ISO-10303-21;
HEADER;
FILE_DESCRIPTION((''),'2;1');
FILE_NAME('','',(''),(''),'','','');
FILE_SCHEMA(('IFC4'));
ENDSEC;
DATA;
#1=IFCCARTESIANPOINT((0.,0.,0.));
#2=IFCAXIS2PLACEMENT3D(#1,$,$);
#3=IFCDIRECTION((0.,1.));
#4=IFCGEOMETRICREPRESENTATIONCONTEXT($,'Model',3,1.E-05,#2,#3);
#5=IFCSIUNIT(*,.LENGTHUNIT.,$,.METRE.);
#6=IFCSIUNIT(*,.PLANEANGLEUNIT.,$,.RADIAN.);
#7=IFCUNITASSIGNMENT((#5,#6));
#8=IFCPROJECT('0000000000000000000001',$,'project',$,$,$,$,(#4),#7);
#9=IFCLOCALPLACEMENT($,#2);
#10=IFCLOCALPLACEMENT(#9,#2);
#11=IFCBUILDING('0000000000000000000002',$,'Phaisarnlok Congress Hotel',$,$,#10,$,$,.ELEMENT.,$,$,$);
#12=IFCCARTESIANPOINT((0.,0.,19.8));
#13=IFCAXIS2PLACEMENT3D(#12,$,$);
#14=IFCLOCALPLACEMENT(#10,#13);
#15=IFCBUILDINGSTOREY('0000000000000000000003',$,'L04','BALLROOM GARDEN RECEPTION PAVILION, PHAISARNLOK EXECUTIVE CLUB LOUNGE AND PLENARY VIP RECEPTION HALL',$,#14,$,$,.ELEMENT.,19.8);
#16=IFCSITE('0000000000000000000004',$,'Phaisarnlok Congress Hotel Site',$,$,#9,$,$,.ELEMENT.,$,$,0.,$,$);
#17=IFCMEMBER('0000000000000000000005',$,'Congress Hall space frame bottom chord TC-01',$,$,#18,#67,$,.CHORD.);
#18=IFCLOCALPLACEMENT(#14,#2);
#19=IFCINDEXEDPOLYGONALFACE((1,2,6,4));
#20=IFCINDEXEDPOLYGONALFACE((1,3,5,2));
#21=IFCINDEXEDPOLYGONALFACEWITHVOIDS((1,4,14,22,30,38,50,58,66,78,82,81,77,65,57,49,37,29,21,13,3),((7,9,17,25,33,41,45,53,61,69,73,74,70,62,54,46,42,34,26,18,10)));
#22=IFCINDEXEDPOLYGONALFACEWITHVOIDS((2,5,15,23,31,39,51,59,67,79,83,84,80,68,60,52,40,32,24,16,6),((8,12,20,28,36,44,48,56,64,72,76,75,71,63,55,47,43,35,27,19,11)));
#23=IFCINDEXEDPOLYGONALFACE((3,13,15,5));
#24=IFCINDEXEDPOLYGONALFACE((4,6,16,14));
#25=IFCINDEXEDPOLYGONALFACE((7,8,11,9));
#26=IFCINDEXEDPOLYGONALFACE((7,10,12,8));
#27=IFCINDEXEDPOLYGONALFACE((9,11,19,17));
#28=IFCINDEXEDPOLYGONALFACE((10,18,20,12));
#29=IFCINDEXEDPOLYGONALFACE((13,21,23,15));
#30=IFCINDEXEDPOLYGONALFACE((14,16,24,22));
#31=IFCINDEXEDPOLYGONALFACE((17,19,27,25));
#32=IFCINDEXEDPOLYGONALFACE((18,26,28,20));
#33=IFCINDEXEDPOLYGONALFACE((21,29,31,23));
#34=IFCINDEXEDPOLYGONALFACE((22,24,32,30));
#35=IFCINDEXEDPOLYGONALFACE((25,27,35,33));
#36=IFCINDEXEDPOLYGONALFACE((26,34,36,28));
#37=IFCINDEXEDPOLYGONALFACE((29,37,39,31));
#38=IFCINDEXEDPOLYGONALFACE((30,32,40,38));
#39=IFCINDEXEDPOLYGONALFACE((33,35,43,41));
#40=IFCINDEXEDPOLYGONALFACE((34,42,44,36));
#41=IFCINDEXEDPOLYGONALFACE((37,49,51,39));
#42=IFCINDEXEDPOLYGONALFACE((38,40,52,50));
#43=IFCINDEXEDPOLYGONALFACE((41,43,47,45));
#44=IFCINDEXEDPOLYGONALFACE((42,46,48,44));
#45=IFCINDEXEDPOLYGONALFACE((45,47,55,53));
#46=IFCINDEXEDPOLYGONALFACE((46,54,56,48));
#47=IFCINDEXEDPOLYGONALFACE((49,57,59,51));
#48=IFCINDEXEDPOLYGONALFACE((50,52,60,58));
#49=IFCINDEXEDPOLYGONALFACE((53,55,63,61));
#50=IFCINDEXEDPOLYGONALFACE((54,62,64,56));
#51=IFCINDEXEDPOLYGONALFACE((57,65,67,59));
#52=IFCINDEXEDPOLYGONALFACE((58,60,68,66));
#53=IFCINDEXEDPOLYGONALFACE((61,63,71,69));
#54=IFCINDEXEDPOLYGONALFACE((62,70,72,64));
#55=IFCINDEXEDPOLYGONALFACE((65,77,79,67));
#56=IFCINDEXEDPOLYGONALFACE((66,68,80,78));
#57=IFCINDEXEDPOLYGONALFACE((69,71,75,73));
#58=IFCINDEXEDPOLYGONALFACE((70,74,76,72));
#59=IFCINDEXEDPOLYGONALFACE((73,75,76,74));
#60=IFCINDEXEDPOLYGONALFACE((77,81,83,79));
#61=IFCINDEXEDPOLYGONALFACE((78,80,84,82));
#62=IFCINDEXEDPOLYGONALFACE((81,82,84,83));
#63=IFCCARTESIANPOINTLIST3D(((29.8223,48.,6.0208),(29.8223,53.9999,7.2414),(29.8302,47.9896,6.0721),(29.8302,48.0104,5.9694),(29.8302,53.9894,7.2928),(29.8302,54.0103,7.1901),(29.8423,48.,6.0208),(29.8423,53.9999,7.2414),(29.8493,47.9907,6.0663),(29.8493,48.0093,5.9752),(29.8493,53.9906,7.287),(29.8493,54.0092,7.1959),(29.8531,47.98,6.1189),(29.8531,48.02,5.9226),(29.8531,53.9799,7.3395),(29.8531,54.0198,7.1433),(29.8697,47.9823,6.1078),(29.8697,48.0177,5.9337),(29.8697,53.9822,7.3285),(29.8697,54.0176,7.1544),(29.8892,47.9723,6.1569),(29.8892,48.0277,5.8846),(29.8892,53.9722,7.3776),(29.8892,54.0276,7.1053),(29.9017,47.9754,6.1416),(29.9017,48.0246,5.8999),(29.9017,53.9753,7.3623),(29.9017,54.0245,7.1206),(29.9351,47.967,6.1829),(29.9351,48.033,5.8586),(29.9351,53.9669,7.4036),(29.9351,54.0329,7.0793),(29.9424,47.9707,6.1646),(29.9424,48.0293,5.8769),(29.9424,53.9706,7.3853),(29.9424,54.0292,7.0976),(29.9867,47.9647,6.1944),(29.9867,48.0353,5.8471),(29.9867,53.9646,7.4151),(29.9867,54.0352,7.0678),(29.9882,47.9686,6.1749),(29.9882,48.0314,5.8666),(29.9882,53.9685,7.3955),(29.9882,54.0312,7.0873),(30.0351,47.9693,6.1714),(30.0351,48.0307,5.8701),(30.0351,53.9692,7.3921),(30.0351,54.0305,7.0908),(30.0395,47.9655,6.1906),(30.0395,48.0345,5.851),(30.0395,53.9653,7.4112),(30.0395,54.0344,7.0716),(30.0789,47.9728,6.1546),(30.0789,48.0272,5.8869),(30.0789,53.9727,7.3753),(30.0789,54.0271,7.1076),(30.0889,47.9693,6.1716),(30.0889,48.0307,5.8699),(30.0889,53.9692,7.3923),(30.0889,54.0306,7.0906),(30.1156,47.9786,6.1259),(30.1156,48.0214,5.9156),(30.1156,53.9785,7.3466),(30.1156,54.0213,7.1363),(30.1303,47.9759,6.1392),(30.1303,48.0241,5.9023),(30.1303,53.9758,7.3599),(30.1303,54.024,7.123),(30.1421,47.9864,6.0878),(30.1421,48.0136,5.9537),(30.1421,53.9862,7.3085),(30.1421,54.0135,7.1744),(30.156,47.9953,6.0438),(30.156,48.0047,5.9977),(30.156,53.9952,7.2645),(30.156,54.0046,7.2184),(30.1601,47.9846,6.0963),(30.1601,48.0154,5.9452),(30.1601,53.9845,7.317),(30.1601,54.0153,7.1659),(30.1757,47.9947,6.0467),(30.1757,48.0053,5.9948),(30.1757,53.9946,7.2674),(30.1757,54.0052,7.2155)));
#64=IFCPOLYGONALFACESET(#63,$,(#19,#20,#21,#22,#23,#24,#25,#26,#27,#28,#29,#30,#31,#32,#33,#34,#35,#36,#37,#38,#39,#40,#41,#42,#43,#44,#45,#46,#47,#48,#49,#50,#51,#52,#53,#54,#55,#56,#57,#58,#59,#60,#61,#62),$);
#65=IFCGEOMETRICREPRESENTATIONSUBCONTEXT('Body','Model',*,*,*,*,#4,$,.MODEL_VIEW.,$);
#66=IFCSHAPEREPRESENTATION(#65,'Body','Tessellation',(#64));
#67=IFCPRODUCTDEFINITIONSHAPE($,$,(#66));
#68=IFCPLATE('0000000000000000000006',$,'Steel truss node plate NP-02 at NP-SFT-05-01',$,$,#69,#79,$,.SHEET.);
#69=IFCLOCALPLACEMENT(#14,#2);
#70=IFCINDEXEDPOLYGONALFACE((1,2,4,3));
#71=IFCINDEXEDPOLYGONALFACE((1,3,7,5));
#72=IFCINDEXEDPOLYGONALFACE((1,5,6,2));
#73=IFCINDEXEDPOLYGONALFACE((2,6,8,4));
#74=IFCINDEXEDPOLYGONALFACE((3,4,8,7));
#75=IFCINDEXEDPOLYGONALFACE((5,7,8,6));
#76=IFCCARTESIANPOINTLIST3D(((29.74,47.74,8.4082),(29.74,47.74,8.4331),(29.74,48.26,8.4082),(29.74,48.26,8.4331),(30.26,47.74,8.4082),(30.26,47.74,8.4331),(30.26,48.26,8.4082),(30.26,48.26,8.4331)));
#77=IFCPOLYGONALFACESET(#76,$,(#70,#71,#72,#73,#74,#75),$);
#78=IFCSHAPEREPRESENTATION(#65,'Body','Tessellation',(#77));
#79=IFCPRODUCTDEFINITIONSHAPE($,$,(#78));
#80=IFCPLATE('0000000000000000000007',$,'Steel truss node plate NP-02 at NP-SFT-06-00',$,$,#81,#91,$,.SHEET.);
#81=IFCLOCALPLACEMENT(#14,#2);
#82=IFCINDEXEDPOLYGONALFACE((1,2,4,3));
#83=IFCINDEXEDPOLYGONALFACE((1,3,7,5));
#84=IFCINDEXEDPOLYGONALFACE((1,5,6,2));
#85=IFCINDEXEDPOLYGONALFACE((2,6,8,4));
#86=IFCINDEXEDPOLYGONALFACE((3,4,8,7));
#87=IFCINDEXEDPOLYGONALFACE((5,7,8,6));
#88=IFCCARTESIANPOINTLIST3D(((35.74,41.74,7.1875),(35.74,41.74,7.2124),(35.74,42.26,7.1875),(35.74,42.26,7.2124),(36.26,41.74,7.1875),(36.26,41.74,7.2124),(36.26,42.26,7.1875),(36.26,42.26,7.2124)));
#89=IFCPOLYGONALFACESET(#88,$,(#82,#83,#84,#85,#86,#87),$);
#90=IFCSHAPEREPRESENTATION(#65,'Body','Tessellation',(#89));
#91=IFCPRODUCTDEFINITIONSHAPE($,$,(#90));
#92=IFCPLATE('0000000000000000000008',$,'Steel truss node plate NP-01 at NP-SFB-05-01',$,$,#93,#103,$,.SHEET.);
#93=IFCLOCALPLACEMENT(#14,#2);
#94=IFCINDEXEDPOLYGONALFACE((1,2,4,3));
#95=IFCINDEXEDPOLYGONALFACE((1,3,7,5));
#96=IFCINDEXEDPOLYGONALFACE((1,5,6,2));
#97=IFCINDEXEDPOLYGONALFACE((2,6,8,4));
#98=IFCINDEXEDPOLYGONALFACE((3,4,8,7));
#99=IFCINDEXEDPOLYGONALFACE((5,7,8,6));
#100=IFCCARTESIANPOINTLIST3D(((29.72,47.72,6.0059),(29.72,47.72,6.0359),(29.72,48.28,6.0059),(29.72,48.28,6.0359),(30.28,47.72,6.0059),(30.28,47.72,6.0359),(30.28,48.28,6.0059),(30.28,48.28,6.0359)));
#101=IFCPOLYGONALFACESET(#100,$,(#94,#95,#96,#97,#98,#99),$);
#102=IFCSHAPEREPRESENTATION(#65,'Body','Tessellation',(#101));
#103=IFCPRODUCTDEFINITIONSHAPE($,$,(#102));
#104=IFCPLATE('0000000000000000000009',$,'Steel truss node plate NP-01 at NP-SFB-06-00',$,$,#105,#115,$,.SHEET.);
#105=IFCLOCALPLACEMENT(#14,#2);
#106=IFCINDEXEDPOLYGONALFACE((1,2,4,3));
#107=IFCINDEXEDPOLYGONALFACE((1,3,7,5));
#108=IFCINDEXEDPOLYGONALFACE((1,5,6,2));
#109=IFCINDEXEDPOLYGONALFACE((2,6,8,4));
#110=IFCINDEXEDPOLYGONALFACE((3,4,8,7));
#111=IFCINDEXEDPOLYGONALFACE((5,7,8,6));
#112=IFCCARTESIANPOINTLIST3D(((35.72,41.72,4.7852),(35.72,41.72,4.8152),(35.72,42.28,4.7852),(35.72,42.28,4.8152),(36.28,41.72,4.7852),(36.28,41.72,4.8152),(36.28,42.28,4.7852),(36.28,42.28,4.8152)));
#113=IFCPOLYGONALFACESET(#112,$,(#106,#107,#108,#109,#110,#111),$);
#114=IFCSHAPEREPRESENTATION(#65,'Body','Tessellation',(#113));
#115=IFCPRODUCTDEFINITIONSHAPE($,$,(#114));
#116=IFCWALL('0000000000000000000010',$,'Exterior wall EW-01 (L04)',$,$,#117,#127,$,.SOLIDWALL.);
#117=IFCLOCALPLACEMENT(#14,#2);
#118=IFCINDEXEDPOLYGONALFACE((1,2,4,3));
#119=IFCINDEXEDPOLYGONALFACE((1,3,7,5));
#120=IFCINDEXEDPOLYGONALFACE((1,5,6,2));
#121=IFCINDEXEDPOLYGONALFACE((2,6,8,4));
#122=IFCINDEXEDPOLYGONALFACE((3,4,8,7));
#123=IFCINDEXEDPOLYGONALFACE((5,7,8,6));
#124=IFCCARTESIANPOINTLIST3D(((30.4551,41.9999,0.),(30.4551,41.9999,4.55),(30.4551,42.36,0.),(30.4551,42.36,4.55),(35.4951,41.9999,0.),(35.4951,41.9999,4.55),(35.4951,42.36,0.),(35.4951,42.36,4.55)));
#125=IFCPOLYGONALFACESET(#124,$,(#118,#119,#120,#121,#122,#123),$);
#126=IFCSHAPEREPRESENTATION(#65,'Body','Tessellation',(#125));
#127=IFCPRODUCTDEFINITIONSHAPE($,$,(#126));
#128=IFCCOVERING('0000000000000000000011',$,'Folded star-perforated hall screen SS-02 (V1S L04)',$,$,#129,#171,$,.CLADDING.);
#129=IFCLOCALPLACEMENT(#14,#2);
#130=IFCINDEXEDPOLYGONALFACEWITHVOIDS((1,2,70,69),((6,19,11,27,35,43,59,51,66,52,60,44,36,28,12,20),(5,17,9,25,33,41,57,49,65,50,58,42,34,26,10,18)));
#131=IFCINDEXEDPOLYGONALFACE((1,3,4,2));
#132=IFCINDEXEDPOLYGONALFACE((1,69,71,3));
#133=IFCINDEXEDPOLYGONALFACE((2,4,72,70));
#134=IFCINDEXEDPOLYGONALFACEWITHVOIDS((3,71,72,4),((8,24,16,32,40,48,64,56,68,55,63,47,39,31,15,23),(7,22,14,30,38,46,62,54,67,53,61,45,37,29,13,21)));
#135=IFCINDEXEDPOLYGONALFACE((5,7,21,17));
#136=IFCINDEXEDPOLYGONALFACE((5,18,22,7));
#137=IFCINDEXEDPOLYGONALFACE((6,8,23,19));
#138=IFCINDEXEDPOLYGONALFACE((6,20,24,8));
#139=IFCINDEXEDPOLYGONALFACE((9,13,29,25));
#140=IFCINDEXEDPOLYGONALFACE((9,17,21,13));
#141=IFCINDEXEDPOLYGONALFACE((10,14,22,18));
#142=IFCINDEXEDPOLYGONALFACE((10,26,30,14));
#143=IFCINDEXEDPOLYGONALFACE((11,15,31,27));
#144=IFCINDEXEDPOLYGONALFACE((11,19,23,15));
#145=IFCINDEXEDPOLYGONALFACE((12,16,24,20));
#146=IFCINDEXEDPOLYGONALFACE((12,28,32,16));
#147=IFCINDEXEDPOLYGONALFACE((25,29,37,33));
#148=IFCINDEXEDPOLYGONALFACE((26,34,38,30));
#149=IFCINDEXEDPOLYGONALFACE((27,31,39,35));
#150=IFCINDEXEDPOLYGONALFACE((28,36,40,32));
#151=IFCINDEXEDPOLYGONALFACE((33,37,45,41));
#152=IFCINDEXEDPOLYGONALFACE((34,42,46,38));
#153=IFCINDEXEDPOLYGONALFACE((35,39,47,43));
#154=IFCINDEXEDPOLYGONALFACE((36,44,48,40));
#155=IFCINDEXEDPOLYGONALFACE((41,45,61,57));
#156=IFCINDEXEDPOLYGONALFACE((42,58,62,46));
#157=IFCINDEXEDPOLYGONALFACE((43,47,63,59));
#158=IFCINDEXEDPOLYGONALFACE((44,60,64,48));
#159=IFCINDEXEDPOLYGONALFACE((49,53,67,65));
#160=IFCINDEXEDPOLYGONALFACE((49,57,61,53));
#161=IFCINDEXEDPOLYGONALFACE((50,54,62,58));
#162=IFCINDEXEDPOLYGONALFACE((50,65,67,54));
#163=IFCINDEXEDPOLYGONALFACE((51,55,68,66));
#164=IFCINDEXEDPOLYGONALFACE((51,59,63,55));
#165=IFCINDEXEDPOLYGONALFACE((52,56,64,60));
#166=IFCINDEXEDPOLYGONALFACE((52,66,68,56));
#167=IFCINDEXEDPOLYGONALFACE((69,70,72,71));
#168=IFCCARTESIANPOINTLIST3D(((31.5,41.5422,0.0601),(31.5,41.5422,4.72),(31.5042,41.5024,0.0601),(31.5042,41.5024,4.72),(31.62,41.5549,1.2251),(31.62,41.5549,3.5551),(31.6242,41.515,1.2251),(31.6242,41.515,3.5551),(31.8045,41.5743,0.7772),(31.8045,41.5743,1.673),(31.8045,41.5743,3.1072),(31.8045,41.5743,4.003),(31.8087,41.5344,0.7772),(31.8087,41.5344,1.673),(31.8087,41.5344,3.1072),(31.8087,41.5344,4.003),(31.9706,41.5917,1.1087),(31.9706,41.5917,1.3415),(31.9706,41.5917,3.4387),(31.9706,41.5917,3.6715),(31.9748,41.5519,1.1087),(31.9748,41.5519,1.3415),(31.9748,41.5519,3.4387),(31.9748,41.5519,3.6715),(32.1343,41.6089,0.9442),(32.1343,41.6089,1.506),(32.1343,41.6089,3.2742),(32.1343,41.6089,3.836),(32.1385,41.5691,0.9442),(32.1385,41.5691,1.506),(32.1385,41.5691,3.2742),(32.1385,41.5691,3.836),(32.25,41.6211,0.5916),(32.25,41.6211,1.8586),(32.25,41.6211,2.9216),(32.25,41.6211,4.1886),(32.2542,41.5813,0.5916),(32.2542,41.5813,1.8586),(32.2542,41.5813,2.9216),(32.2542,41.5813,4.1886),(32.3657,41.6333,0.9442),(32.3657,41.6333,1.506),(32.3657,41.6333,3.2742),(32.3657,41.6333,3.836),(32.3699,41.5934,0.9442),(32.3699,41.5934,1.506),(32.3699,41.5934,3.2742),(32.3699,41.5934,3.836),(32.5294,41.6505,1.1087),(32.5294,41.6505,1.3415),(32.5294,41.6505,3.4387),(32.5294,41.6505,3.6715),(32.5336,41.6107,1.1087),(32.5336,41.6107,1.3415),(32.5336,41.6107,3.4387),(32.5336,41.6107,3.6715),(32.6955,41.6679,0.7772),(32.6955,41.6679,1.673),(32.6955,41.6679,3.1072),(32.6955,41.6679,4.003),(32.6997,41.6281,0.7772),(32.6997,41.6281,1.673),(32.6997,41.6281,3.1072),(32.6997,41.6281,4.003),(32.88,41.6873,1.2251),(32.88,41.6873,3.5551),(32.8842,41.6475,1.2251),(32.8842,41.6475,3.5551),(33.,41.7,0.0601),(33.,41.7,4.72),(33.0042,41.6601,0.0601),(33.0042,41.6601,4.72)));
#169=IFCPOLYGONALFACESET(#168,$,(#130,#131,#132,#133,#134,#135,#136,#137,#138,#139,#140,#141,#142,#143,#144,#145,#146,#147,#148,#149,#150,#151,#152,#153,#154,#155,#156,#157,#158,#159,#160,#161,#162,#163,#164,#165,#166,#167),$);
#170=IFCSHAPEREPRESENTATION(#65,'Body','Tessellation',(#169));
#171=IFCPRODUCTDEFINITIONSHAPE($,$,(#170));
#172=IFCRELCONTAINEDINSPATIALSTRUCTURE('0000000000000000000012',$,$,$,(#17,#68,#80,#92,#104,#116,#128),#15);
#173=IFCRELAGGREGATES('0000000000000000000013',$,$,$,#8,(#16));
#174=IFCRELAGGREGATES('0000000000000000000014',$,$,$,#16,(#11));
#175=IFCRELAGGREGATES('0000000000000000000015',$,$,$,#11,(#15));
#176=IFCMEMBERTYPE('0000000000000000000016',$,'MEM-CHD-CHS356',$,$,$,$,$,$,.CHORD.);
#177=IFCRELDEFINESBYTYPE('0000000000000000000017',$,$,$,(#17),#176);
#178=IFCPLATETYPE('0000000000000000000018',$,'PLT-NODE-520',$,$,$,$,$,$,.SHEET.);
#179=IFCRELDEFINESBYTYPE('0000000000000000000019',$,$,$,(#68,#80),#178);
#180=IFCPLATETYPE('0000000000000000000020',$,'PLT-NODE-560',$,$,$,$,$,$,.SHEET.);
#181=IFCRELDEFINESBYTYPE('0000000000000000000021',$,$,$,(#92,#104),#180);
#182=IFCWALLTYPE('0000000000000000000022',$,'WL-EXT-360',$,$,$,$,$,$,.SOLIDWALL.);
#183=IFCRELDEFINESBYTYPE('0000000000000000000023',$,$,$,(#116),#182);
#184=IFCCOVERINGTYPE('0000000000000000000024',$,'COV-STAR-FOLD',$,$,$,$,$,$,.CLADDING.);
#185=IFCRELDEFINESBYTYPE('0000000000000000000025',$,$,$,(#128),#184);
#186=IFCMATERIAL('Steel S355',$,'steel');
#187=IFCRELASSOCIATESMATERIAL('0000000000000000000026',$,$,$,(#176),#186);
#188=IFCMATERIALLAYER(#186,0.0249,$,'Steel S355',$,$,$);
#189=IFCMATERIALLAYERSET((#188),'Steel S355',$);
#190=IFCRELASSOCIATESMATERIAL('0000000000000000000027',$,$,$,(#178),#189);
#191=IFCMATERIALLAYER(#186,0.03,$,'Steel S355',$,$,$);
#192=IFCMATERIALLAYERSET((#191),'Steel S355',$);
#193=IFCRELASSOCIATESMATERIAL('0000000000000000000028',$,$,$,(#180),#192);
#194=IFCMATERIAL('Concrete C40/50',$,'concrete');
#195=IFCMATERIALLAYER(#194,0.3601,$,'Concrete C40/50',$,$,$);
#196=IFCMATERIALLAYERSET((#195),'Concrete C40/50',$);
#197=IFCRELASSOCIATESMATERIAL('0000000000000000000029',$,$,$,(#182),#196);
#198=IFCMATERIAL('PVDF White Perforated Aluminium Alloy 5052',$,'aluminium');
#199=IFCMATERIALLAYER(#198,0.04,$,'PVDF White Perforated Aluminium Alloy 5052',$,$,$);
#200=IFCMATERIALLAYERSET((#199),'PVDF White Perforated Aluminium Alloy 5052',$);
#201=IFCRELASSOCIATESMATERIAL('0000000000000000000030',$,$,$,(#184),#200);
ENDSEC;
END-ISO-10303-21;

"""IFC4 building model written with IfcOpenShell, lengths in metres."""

from ifc_helpers import new_model, si_unit, direction, frame, frame_2d, origin, origin_2d, place, context, subcontext, project, spatial, polyline, rectangle, hollow_circle, outline, extrude, material, layer, layer_set, material_profile, profile_set, type_object, element, save


model = new_model("IFC4")

# Units and contexts
model_context = context("Model", 3, precision=1e-05, world=origin(), true_north=direction((0.0, 1.0)))
body_context = subcontext(model_context, "Body", "Model", "MODEL_VIEW")
ifc_project = project(units=[si_unit("LENGTHUNIT", "METRE"), si_unit("PLANEANGLEUNIT", "RADIAN")], contexts=[model_context])

# Site, building, storey
site_placement = place(None, origin())
site = spatial("IfcSite", under=ifc_project, at=site_placement, Name="Phaisarnlok Congress Hotel Site", CompositionType="ELEMENT", RefElevation=0.0)
building_placement = place(site_placement, origin())
building = spatial("IfcBuilding", under=site, at=building_placement, Name="Phaisarnlok Congress Hotel", CompositionType="ELEMENT")
storey_placement = place(building_placement, frame((0.0, 0.0, 19.8)))
storey = spatial("IfcBuildingStorey", under=building, at=storey_placement, Name="L04", Description="BALLROOM GARDEN RECEPTION PAVILION, PHAISARNLOK EXECUTIVE CLUB LOUNGE AND PLENARY VIP RECEPTION HALL", CompositionType="ELEMENT", Elevation=19.8)

# Member
ifc_material_1 = material(Name="Steel S355", Category="steel")
ifc_material_profile_1 = material_profile(ifc_material_1, hollow_circle(Radius=0.1777, WallThickness=0.02, at=origin_2d()), Name="CHS 355.6x20")
ifc_profile_set_1 = profile_set([ifc_material_profile_1], Name="Steel S355")
member_type_1 = type_object("IfcMemberType", Name="MEM-CHD-CHS356", PredefinedType="CHORD", material=ifc_profile_set_1)
member_1_placement = place(storey_placement, frame((30.0, 48.0, 6.0208), z_axis=(0.0, 0.979925, 0.199366), x_axis=(-1.0, 0.0, 0.0)))
element("IfcMember", 1, at=member_1_placement, inside=storey, type_object=member_type_1, Name="Congress Hall space frame bottom chord TC-01", PredefinedType="CHORD", context=body_context, shape_type="SweptSolid", body=[
    extrude(hollow_circle(Radius=0.1777, WallThickness=0.02, at=origin_2d()), origin(), (0.0, 0.0, 1.0), 6.1228),
])

# Plates
ifc_layer_1 = layer(ifc_material_1, 0.0249, Name="Steel S355")
ifc_layer_set_1 = layer_set([ifc_layer_1], Name="Steel S355")
plate_type_1 = type_object("IfcPlateType", Name="PLT-NODE-520", PredefinedType="SHEET", material=ifc_layer_set_1)
for number, where, z_axis, x_axis, name in (
    (2, (30.0, 48.0, 8.4082), (0.0, 0.0, 1.0), (1.0, 0.0, 0.0), "Steel truss node plate NP-02 at NP-SFT-05-01"),
    (3, (36.0, 42.0, 7.1875), (0.0, 0.0, 1.0), (1.0, 0.0, 0.0), "Steel truss node plate NP-02 at NP-SFT-06-00"),
):
    element("IfcPlate", number, at=place(storey_placement, frame(where, z_axis=z_axis, x_axis=x_axis)), inside=storey, type_object=plate_type_1, Name=name, PredefinedType="SHEET", context=body_context, shape_type="SweptSolid", body=[
        extrude(rectangle(XDim=0.52, YDim=0.52, at=origin_2d()), origin(), (0.0, 0.0, 1.0), 0.0249),
    ])
ifc_layer_2 = layer(ifc_material_1, 0.03, Name="Steel S355")
ifc_layer_set_2 = layer_set([ifc_layer_2], Name="Steel S355")
plate_type_2 = type_object("IfcPlateType", Name="PLT-NODE-560", PredefinedType="SHEET", material=ifc_layer_set_2)
for number, where, z_axis, x_axis, name in (
    (4, (30.0, 48.0, 6.0059), (0.0, 0.0, 1.0), (1.0, 0.0, 0.0), "Steel truss node plate NP-01 at NP-SFB-05-01"),
    (5, (36.0, 42.0, 4.7852), (0.0, 0.0, 1.0), (1.0, 0.0, 0.0), "Steel truss node plate NP-01 at NP-SFB-06-00"),
):
    element("IfcPlate", number, at=place(storey_placement, frame(where, z_axis=z_axis, x_axis=x_axis)), inside=storey, type_object=plate_type_2, Name=name, PredefinedType="SHEET", context=body_context, shape_type="SweptSolid", body=[
        extrude(rectangle(XDim=0.5601, YDim=0.5601, at=origin_2d()), origin(), (0.0, 0.0, 1.0), 0.03),
    ])

# Wall
ifc_material_2 = material(Name="Concrete C40/50", Category="concrete")
ifc_layer_3 = layer(ifc_material_2, 0.3601, Name="Concrete C40/50")
ifc_layer_set_3 = layer_set([ifc_layer_3], Name="Concrete C40/50")
wall_type = type_object("IfcWallType", Name="WL-EXT-360", PredefinedType="SOLIDWALL", material=ifc_layer_set_3)
wall_placement = place(storey_placement, frame((30.4551, 42.1799, 0.0), z_axis=(0.0, 0.0, 1.0), x_axis=(1.0, 0.0, 0.0)))
element("IfcWall", 6, at=wall_placement, inside=storey, type_object=wall_type, Name="Exterior wall EW-01 (L04)", PredefinedType="SOLIDWALL", context=body_context, shape_type="SweptSolid", body=[
    extrude(rectangle(XDim=5.04, YDim=0.3601, at=frame_2d((2.52, 0.0))), origin(), (0.0, 0.0, 1.0), 4.55),
])

# Covering
ifc_material_3 = material(Name="PVDF White Perforated Aluminium Alloy 5052", Category="aluminium")
ifc_layer_4 = layer(ifc_material_3, 0.04, Name="PVDF White Perforated Aluminium Alloy 5052")
ifc_layer_set_4 = layer_set([ifc_layer_4], Name="PVDF White Perforated Aluminium Alloy 5052")
covering_type = type_object("IfcCoveringType", Name="COV-STAR-FOLD", PredefinedType="CLADDING", material=ifc_layer_set_4)
for number, where, z_axis, x_axis, name in (
    (7, (31.5, 41.5422, 0.0601), (0.104567, -0.994518, 0.0), (0.994518, 0.104567, 0.0), "Folded star-perforated hall screen SS-02 (V1S L04)"),
):
    element("IfcCovering", number, at=place(storey_placement, frame(where, z_axis=z_axis, x_axis=x_axis)), inside=storey, type_object=covering_type, Name=name, PredefinedType="CLADDING", context=body_context, shape_type="SweptSolid", body=[
        extrude(outline(polyline([(0.0, 0.0), (1.5083, 0.0), (1.5083, 4.6599), (0.0, 4.6599), (0.0, 0.0)]), holes=[polyline([(1.0351, 1.0486), (1.2021, 0.7171), (0.8705, 0.8841), (0.7541, 0.5315), (0.6378, 0.8841), (0.3062, 0.7171), (0.4732, 1.0486), (0.1207, 1.165), (0.4732, 1.2814), (0.3062, 1.6129), (0.6378, 1.4459), (0.7541, 1.7985), (0.8705, 1.4459), (1.2021, 1.6129), (1.0351, 1.2814), (1.3876, 1.165), (1.0351, 1.0486)]), polyline([(1.0351, 3.3786), (1.2021, 3.0471), (0.8705, 3.2141), (0.7541, 2.8615), (0.6378, 3.2141), (0.3062, 3.0471), (0.4732, 3.3786), (0.1207, 3.495), (0.4732, 3.6114), (0.3062, 3.9429), (0.6378, 3.7759), (0.7541, 4.1285), (0.8705, 3.7759), (1.2021, 3.9429), (1.0351, 3.6114), (1.3876, 3.495), (1.0351, 3.3786)])]), origin(), (0.0, 0.0, 1.0), 0.04),
    ])

save(model, "model.ifc")
